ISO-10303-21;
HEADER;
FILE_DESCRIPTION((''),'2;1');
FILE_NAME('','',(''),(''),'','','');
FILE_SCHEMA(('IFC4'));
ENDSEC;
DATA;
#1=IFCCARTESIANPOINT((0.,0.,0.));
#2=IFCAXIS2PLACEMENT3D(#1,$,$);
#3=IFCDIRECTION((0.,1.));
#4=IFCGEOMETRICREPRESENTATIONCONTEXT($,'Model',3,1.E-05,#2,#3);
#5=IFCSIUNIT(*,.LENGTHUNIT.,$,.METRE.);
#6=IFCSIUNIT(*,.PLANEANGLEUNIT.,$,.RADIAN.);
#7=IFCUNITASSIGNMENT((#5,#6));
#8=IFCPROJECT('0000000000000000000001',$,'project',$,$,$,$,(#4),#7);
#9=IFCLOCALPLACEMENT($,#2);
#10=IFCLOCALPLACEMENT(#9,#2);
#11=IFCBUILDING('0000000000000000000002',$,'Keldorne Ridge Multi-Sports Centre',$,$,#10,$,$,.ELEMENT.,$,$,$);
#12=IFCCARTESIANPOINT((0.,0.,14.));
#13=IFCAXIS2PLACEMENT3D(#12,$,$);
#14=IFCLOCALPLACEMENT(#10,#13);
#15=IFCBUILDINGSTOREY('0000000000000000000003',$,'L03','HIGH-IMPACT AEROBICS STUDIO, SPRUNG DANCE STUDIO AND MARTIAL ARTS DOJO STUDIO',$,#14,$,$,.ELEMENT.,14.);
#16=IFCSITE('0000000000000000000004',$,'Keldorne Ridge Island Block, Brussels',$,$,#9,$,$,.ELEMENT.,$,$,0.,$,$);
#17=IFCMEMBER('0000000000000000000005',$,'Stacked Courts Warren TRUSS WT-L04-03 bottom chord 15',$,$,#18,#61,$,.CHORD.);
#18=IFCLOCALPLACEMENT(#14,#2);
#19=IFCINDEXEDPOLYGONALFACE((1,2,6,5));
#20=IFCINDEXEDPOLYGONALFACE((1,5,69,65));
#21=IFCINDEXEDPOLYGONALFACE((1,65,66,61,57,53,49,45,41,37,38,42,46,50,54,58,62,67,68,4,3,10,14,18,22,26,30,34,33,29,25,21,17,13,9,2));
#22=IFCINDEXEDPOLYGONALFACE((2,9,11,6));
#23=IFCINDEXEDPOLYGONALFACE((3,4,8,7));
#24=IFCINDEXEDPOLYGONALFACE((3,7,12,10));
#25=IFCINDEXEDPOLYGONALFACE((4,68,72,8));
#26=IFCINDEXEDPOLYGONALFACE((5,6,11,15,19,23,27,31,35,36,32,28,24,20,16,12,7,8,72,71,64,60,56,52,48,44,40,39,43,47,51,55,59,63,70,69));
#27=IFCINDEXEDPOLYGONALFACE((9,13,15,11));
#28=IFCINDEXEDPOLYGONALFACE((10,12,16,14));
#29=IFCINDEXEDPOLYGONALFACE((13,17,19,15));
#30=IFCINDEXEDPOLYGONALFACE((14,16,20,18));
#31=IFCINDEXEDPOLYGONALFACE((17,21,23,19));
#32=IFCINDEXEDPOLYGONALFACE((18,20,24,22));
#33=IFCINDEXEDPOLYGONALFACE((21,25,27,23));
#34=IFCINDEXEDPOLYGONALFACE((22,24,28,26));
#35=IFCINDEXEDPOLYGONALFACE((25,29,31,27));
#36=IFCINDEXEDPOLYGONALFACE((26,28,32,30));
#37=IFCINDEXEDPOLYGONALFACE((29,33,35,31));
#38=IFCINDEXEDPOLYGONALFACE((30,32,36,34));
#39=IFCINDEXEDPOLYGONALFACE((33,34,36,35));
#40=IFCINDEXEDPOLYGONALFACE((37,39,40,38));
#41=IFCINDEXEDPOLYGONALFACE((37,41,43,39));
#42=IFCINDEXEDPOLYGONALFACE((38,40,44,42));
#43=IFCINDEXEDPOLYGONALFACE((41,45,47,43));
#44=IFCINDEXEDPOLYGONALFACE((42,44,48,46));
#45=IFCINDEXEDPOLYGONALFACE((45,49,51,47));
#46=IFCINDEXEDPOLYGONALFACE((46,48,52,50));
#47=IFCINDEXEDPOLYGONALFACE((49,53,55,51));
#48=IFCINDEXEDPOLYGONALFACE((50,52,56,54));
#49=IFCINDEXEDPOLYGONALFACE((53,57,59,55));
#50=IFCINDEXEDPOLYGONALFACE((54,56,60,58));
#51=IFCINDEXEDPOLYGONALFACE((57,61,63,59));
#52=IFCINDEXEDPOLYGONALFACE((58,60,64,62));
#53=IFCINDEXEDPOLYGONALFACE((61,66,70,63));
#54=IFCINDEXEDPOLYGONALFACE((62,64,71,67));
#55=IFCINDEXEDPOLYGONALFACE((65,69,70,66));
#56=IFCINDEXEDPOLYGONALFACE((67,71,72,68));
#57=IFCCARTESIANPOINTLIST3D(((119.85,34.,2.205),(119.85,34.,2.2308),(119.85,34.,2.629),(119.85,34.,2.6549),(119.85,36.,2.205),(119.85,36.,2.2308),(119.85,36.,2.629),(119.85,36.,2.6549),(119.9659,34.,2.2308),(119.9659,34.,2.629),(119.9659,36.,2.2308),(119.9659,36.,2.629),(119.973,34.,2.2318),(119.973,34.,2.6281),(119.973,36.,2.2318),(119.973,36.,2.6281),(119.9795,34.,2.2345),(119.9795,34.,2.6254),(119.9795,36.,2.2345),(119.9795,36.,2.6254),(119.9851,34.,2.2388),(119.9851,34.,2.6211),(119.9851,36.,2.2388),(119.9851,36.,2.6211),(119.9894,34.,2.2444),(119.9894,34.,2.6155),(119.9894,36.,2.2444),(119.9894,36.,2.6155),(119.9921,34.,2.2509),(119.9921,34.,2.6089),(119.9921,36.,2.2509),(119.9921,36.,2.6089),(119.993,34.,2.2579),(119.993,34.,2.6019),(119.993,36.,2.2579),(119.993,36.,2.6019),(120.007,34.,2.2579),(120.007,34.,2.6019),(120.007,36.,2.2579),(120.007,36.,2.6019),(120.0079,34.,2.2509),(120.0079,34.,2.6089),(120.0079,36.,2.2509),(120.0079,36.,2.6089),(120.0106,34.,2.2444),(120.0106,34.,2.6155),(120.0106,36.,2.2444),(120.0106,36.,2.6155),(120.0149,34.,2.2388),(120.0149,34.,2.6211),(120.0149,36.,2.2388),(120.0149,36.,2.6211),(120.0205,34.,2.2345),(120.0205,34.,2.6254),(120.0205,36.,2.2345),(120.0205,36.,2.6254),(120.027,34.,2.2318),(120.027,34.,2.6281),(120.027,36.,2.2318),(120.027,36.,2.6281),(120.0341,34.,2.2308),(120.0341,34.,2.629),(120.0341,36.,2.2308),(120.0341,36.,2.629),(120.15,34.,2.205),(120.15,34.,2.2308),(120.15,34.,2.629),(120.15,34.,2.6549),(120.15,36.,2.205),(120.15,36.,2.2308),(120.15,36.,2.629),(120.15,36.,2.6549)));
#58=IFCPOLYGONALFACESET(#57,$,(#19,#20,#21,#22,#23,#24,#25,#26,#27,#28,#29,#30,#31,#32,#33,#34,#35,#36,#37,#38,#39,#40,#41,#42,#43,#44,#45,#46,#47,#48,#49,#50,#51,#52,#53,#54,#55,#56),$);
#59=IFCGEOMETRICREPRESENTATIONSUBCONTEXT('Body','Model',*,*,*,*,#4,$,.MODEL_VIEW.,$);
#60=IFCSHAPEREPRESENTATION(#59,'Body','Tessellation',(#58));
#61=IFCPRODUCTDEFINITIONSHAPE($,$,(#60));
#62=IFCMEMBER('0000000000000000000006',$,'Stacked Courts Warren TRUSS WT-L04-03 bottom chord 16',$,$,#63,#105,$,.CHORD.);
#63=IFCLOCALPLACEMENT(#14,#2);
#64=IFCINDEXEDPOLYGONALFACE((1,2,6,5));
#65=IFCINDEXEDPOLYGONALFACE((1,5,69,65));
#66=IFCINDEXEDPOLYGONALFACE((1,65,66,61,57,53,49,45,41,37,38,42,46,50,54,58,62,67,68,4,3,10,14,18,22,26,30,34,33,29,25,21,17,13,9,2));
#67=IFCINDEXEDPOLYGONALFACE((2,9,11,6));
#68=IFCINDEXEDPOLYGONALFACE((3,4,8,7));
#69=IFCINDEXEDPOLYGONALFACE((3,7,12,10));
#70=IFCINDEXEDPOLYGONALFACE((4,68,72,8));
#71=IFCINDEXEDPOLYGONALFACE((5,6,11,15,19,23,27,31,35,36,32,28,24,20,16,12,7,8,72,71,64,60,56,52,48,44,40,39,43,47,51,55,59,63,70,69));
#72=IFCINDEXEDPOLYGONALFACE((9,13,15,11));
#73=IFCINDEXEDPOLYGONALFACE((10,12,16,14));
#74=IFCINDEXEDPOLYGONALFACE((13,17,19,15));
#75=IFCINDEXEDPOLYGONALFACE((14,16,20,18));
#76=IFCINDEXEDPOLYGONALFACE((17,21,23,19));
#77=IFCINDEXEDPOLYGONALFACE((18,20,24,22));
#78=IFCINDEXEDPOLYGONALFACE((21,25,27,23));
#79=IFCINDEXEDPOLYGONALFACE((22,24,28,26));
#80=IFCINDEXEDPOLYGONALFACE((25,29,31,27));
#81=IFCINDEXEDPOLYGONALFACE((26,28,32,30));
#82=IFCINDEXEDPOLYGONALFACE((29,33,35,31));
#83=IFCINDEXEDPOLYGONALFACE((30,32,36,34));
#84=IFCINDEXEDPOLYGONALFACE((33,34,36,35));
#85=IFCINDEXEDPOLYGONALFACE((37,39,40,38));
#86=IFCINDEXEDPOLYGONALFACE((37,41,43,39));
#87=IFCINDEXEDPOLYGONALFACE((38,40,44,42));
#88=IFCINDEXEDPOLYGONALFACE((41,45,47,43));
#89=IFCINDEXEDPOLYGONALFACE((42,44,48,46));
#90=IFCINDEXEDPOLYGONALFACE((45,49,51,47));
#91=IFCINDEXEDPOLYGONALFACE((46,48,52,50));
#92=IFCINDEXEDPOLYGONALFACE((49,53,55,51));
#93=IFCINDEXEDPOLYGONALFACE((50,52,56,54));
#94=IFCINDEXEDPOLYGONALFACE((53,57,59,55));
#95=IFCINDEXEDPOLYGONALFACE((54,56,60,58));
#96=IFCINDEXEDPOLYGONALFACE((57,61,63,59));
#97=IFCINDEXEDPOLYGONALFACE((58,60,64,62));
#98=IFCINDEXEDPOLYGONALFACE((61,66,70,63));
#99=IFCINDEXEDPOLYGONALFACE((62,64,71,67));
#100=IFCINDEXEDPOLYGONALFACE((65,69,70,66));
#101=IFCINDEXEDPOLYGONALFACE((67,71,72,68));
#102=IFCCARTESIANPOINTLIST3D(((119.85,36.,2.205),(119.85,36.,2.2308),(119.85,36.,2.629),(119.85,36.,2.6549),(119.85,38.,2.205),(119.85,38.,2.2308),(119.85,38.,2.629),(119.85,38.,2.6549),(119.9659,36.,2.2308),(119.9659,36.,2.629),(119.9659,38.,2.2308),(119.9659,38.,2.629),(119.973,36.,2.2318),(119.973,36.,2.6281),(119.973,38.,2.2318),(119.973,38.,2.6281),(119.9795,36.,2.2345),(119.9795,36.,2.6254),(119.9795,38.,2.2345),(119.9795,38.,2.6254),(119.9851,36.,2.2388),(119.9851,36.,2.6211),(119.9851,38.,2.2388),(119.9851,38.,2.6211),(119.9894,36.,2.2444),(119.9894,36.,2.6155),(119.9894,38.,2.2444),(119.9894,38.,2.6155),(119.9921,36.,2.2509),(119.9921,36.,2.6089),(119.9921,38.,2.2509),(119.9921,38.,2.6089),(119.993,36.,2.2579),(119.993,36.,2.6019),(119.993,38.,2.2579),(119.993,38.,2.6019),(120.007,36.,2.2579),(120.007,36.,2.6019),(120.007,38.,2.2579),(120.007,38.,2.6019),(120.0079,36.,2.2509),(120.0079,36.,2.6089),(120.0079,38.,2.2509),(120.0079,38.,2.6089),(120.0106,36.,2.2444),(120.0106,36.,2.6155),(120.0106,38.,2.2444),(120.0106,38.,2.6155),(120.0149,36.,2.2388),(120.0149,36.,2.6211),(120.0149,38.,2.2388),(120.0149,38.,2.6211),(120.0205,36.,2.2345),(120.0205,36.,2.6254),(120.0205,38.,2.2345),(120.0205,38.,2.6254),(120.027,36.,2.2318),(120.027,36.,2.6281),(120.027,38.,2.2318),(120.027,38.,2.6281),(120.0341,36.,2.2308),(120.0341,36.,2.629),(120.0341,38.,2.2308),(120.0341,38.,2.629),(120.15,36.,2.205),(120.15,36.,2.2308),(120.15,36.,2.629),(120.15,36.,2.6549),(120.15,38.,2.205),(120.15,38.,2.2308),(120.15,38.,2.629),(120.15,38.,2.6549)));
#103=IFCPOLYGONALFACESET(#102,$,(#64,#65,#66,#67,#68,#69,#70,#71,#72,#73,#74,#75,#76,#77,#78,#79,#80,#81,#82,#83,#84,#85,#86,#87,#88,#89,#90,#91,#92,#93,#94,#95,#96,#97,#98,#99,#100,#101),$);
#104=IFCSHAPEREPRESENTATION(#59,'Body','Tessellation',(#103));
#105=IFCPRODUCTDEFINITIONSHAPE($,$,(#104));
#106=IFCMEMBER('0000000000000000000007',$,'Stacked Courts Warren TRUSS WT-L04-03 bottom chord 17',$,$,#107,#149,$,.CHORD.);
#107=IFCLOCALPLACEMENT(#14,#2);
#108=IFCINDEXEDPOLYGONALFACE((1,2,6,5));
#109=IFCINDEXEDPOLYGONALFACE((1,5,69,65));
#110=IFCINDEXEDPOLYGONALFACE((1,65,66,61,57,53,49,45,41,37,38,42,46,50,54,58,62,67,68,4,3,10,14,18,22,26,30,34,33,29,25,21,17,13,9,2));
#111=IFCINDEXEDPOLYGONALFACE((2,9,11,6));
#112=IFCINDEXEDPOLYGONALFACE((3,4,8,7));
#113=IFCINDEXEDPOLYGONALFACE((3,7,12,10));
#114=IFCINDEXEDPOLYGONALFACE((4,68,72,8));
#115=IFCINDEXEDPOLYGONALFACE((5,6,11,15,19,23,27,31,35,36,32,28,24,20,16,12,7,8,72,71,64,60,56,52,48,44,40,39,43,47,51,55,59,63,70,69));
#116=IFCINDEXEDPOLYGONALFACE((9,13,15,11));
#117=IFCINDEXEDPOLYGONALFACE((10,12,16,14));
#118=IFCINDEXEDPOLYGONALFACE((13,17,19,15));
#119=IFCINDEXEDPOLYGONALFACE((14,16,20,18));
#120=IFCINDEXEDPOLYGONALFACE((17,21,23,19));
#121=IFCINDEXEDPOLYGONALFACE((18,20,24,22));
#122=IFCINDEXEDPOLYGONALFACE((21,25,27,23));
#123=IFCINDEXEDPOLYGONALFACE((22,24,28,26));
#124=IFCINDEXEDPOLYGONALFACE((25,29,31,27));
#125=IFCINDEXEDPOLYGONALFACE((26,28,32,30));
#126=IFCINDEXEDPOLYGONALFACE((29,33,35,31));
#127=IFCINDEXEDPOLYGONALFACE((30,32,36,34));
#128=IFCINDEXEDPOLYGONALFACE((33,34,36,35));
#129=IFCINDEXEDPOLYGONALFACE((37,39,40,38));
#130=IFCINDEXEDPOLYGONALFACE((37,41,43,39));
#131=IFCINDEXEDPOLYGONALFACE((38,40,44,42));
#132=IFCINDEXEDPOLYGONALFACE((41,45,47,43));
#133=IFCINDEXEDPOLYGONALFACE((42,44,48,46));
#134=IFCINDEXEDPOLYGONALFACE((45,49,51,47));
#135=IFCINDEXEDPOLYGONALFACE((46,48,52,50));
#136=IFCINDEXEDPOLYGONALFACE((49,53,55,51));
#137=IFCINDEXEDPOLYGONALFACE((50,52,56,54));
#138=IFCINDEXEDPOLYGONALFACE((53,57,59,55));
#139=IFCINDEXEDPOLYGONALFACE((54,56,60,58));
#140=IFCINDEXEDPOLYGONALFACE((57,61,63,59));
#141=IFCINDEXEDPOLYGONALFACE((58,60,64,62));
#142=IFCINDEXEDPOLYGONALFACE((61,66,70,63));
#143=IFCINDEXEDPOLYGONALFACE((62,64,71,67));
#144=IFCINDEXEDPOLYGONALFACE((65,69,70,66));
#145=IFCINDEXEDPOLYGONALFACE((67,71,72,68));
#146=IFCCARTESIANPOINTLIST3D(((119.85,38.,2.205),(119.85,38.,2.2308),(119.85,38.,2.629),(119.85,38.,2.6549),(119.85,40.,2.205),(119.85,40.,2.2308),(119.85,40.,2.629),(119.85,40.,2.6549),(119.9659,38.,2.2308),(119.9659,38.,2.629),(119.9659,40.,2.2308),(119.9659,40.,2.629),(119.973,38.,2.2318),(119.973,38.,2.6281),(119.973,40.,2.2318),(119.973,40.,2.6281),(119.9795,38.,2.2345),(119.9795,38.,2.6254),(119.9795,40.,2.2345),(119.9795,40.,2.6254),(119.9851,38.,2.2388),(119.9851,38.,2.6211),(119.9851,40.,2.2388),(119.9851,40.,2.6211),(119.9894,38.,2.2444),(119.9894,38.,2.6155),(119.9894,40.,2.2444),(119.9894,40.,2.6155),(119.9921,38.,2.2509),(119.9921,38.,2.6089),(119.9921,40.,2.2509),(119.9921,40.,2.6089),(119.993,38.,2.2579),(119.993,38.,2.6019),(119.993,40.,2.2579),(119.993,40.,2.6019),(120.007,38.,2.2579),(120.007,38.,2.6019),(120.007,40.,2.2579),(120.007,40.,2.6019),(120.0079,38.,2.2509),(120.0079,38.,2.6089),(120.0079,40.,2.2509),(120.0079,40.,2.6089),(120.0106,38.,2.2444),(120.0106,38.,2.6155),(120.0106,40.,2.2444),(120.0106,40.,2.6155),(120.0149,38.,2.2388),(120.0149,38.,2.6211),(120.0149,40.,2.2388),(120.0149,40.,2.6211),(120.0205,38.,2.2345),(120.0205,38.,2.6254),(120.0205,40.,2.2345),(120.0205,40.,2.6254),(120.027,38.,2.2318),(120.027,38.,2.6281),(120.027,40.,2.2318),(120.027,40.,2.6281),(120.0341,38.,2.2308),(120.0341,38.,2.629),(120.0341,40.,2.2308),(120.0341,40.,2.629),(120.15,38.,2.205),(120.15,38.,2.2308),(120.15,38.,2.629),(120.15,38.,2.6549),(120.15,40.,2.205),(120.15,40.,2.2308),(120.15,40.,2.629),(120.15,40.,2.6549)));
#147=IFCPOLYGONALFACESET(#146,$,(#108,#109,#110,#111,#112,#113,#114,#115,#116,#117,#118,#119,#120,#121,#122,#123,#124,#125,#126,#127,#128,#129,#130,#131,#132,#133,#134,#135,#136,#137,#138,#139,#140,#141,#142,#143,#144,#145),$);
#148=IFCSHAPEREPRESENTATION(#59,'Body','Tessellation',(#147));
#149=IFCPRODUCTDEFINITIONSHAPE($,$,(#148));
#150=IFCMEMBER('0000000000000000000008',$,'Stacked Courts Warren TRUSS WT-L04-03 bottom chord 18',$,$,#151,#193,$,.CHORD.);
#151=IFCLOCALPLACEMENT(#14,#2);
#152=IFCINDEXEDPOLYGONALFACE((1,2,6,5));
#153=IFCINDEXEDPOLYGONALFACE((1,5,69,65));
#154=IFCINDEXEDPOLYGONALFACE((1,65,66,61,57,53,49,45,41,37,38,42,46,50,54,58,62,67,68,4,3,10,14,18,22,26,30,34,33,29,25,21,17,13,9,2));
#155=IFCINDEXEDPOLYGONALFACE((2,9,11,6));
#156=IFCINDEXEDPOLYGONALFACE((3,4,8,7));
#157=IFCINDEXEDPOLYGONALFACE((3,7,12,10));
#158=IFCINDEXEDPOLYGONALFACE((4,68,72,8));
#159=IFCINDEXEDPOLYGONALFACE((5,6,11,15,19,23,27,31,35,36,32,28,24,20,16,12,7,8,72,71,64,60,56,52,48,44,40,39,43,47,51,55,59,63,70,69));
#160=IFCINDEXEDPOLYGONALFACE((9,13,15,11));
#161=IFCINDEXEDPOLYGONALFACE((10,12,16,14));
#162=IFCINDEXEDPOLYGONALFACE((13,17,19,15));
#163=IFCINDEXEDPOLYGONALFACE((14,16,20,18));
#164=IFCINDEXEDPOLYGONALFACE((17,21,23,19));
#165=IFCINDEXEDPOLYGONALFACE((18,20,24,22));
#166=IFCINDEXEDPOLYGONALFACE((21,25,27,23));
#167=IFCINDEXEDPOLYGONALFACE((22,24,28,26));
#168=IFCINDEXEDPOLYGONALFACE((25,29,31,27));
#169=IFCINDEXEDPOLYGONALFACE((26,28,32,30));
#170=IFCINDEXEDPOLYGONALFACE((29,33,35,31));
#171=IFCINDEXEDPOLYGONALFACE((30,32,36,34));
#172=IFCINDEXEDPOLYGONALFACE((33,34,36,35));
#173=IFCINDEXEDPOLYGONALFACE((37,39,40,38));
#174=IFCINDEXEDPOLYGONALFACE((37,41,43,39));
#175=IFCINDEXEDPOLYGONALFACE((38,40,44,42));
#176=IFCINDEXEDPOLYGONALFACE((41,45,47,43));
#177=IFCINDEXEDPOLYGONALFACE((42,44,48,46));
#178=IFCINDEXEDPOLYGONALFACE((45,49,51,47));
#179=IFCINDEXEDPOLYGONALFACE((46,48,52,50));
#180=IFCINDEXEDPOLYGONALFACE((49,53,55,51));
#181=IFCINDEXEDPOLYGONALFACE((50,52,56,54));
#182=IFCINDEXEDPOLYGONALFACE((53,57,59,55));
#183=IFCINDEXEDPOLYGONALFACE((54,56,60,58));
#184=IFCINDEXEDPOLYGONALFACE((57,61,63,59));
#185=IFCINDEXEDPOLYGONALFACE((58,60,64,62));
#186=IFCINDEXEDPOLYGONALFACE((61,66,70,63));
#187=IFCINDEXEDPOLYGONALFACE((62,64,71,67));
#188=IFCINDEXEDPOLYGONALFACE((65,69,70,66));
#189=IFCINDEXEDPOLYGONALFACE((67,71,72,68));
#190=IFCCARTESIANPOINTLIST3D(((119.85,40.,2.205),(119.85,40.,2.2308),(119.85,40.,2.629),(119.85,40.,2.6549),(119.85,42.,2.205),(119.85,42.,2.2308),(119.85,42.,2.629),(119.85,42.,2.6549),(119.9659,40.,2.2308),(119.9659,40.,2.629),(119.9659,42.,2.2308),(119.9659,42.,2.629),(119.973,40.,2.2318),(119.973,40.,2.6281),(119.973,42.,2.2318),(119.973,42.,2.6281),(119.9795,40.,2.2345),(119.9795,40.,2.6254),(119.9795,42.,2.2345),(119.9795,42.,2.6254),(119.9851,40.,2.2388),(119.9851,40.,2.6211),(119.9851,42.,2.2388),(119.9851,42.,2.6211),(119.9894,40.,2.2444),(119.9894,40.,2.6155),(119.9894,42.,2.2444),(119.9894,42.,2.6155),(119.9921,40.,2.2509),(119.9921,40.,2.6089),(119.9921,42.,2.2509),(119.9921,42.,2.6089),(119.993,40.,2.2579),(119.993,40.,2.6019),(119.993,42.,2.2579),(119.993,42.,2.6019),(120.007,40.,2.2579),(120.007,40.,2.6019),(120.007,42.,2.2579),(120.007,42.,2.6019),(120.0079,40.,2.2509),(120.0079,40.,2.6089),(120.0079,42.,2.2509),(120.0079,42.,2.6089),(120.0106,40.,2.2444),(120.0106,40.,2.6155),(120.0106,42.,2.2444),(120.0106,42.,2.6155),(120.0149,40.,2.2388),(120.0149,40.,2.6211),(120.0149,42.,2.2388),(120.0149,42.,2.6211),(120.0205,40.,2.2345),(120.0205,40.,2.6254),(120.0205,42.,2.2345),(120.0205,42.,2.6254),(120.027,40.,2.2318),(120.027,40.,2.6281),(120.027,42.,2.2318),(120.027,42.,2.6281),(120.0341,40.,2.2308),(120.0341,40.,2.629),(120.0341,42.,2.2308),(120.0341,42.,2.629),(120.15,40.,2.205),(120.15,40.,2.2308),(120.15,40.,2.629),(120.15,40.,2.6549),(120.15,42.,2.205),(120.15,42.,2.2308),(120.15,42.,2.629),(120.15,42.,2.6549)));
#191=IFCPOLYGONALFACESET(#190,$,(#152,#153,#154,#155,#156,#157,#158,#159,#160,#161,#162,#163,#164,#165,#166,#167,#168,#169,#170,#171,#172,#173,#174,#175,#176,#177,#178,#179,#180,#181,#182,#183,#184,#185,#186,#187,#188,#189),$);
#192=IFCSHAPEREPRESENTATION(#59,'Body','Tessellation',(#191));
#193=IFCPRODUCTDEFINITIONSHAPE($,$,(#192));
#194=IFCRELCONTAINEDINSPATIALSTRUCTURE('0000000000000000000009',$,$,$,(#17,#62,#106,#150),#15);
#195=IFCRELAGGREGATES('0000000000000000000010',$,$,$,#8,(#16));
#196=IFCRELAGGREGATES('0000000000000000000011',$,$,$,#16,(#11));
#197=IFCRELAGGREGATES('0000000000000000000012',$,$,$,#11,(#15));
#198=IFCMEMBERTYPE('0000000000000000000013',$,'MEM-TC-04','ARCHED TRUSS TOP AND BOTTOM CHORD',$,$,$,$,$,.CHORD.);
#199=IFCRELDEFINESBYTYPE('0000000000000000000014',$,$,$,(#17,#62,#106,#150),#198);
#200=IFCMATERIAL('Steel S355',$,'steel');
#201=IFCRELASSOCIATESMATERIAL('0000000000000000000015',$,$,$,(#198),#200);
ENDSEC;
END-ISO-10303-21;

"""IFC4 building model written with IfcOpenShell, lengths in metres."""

from ifc_helpers import new_model, si_unit, direction, frame, origin, origin_2d, place, context, subcontext, project, spatial, i_section, extrude, material, material_profile, profile_set, type_object, element, save


model = new_model("IFC4")

# Units and contexts
model_context = context("Model", 3, precision=1e-05, world=origin(), true_north=direction((0.0, 1.0)))
body_context = subcontext(model_context, "Body", "Model", "MODEL_VIEW")
ifc_project = project(units=[si_unit("LENGTHUNIT", "METRE"), si_unit("PLANEANGLEUNIT", "RADIAN")], contexts=[model_context])

# Site, building, storey
site_placement = place(None, origin())
site = spatial("IfcSite", under=ifc_project, at=site_placement, Name="Keldorne Ridge Island Block, Brussels", CompositionType="ELEMENT", RefElevation=0.0)
building_placement = place(site_placement, origin())
building = spatial("IfcBuilding", under=site, at=building_placement, Name="Keldorne Ridge Multi-Sports Centre", CompositionType="ELEMENT")
storey_placement = place(building_placement, frame((0.0, 0.0, 14.0)))
storey = spatial("IfcBuildingStorey", under=building, at=storey_placement, Name="L03", Description="HIGH-IMPACT AEROBICS STUDIO, SPRUNG DANCE STUDIO AND MARTIAL ARTS DOJO STUDIO", CompositionType="ELEMENT", Elevation=14.0)

# Members
ifc_material = material(Name="Steel S355", Category="steel")
ifc_material_profile_1 = material_profile(ifc_material, i_section(OverallWidth=0.3, OverallDepth=0.45, WebThickness=0.0139, FlangeThickness=0.0259, FilletRadius=0.0271, at=origin_2d()), Name="HEB 450")
ifc_profile_set_1 = profile_set([ifc_material_profile_1], Name="Steel S355")
member_type_1 = type_object("IfcMemberType", Name="MEM-TC-04", Description="ARCHED TRUSS TOP AND BOTTOM CHORD", PredefinedType="CHORD", material=ifc_profile_set_1)
for number, where, z_axis, x_axis, name in (
    (1, (120.0, 34.0, 2.4299), (0.0, 1.0, 0.0), (-1.0, 0.0, 0.0), "Stacked Courts Warren TRUSS WT-L04-03 bottom chord 15"),
    (2, (120.0, 36.0, 2.4299), (0.0, 1.0, 0.0), (-1.0, 0.0, 0.0), "Stacked Courts Warren TRUSS WT-L04-03 bottom chord 16"),
    (3, (120.0, 38.0, 2.4299), (0.0, 1.0, 0.0), (-1.0, 0.0, 0.0), "Stacked Courts Warren TRUSS WT-L04-03 bottom chord 17"),
    (4, (120.0, 40.0, 2.4299), (0.0, 1.0, 0.0), (-1.0, 0.0, 0.0), "Stacked Courts Warren TRUSS WT-L04-03 bottom chord 18"),
):
    element("IfcMember", number, at=place(storey_placement, frame(where, z_axis=z_axis, x_axis=x_axis)), inside=storey, type_object=member_type_1, Name=name, PredefinedType="CHORD", context=body_context, shape_type="SweptSolid", body=[
        extrude(i_section(OverallWidth=0.3, OverallDepth=0.45, WebThickness=0.0139, FlangeThickness=0.0259, FilletRadius=0.0271, at=origin_2d()), origin(), (0.0, 0.0, 1.0), 2.0),
    ])

save(model, "model.ifc")
